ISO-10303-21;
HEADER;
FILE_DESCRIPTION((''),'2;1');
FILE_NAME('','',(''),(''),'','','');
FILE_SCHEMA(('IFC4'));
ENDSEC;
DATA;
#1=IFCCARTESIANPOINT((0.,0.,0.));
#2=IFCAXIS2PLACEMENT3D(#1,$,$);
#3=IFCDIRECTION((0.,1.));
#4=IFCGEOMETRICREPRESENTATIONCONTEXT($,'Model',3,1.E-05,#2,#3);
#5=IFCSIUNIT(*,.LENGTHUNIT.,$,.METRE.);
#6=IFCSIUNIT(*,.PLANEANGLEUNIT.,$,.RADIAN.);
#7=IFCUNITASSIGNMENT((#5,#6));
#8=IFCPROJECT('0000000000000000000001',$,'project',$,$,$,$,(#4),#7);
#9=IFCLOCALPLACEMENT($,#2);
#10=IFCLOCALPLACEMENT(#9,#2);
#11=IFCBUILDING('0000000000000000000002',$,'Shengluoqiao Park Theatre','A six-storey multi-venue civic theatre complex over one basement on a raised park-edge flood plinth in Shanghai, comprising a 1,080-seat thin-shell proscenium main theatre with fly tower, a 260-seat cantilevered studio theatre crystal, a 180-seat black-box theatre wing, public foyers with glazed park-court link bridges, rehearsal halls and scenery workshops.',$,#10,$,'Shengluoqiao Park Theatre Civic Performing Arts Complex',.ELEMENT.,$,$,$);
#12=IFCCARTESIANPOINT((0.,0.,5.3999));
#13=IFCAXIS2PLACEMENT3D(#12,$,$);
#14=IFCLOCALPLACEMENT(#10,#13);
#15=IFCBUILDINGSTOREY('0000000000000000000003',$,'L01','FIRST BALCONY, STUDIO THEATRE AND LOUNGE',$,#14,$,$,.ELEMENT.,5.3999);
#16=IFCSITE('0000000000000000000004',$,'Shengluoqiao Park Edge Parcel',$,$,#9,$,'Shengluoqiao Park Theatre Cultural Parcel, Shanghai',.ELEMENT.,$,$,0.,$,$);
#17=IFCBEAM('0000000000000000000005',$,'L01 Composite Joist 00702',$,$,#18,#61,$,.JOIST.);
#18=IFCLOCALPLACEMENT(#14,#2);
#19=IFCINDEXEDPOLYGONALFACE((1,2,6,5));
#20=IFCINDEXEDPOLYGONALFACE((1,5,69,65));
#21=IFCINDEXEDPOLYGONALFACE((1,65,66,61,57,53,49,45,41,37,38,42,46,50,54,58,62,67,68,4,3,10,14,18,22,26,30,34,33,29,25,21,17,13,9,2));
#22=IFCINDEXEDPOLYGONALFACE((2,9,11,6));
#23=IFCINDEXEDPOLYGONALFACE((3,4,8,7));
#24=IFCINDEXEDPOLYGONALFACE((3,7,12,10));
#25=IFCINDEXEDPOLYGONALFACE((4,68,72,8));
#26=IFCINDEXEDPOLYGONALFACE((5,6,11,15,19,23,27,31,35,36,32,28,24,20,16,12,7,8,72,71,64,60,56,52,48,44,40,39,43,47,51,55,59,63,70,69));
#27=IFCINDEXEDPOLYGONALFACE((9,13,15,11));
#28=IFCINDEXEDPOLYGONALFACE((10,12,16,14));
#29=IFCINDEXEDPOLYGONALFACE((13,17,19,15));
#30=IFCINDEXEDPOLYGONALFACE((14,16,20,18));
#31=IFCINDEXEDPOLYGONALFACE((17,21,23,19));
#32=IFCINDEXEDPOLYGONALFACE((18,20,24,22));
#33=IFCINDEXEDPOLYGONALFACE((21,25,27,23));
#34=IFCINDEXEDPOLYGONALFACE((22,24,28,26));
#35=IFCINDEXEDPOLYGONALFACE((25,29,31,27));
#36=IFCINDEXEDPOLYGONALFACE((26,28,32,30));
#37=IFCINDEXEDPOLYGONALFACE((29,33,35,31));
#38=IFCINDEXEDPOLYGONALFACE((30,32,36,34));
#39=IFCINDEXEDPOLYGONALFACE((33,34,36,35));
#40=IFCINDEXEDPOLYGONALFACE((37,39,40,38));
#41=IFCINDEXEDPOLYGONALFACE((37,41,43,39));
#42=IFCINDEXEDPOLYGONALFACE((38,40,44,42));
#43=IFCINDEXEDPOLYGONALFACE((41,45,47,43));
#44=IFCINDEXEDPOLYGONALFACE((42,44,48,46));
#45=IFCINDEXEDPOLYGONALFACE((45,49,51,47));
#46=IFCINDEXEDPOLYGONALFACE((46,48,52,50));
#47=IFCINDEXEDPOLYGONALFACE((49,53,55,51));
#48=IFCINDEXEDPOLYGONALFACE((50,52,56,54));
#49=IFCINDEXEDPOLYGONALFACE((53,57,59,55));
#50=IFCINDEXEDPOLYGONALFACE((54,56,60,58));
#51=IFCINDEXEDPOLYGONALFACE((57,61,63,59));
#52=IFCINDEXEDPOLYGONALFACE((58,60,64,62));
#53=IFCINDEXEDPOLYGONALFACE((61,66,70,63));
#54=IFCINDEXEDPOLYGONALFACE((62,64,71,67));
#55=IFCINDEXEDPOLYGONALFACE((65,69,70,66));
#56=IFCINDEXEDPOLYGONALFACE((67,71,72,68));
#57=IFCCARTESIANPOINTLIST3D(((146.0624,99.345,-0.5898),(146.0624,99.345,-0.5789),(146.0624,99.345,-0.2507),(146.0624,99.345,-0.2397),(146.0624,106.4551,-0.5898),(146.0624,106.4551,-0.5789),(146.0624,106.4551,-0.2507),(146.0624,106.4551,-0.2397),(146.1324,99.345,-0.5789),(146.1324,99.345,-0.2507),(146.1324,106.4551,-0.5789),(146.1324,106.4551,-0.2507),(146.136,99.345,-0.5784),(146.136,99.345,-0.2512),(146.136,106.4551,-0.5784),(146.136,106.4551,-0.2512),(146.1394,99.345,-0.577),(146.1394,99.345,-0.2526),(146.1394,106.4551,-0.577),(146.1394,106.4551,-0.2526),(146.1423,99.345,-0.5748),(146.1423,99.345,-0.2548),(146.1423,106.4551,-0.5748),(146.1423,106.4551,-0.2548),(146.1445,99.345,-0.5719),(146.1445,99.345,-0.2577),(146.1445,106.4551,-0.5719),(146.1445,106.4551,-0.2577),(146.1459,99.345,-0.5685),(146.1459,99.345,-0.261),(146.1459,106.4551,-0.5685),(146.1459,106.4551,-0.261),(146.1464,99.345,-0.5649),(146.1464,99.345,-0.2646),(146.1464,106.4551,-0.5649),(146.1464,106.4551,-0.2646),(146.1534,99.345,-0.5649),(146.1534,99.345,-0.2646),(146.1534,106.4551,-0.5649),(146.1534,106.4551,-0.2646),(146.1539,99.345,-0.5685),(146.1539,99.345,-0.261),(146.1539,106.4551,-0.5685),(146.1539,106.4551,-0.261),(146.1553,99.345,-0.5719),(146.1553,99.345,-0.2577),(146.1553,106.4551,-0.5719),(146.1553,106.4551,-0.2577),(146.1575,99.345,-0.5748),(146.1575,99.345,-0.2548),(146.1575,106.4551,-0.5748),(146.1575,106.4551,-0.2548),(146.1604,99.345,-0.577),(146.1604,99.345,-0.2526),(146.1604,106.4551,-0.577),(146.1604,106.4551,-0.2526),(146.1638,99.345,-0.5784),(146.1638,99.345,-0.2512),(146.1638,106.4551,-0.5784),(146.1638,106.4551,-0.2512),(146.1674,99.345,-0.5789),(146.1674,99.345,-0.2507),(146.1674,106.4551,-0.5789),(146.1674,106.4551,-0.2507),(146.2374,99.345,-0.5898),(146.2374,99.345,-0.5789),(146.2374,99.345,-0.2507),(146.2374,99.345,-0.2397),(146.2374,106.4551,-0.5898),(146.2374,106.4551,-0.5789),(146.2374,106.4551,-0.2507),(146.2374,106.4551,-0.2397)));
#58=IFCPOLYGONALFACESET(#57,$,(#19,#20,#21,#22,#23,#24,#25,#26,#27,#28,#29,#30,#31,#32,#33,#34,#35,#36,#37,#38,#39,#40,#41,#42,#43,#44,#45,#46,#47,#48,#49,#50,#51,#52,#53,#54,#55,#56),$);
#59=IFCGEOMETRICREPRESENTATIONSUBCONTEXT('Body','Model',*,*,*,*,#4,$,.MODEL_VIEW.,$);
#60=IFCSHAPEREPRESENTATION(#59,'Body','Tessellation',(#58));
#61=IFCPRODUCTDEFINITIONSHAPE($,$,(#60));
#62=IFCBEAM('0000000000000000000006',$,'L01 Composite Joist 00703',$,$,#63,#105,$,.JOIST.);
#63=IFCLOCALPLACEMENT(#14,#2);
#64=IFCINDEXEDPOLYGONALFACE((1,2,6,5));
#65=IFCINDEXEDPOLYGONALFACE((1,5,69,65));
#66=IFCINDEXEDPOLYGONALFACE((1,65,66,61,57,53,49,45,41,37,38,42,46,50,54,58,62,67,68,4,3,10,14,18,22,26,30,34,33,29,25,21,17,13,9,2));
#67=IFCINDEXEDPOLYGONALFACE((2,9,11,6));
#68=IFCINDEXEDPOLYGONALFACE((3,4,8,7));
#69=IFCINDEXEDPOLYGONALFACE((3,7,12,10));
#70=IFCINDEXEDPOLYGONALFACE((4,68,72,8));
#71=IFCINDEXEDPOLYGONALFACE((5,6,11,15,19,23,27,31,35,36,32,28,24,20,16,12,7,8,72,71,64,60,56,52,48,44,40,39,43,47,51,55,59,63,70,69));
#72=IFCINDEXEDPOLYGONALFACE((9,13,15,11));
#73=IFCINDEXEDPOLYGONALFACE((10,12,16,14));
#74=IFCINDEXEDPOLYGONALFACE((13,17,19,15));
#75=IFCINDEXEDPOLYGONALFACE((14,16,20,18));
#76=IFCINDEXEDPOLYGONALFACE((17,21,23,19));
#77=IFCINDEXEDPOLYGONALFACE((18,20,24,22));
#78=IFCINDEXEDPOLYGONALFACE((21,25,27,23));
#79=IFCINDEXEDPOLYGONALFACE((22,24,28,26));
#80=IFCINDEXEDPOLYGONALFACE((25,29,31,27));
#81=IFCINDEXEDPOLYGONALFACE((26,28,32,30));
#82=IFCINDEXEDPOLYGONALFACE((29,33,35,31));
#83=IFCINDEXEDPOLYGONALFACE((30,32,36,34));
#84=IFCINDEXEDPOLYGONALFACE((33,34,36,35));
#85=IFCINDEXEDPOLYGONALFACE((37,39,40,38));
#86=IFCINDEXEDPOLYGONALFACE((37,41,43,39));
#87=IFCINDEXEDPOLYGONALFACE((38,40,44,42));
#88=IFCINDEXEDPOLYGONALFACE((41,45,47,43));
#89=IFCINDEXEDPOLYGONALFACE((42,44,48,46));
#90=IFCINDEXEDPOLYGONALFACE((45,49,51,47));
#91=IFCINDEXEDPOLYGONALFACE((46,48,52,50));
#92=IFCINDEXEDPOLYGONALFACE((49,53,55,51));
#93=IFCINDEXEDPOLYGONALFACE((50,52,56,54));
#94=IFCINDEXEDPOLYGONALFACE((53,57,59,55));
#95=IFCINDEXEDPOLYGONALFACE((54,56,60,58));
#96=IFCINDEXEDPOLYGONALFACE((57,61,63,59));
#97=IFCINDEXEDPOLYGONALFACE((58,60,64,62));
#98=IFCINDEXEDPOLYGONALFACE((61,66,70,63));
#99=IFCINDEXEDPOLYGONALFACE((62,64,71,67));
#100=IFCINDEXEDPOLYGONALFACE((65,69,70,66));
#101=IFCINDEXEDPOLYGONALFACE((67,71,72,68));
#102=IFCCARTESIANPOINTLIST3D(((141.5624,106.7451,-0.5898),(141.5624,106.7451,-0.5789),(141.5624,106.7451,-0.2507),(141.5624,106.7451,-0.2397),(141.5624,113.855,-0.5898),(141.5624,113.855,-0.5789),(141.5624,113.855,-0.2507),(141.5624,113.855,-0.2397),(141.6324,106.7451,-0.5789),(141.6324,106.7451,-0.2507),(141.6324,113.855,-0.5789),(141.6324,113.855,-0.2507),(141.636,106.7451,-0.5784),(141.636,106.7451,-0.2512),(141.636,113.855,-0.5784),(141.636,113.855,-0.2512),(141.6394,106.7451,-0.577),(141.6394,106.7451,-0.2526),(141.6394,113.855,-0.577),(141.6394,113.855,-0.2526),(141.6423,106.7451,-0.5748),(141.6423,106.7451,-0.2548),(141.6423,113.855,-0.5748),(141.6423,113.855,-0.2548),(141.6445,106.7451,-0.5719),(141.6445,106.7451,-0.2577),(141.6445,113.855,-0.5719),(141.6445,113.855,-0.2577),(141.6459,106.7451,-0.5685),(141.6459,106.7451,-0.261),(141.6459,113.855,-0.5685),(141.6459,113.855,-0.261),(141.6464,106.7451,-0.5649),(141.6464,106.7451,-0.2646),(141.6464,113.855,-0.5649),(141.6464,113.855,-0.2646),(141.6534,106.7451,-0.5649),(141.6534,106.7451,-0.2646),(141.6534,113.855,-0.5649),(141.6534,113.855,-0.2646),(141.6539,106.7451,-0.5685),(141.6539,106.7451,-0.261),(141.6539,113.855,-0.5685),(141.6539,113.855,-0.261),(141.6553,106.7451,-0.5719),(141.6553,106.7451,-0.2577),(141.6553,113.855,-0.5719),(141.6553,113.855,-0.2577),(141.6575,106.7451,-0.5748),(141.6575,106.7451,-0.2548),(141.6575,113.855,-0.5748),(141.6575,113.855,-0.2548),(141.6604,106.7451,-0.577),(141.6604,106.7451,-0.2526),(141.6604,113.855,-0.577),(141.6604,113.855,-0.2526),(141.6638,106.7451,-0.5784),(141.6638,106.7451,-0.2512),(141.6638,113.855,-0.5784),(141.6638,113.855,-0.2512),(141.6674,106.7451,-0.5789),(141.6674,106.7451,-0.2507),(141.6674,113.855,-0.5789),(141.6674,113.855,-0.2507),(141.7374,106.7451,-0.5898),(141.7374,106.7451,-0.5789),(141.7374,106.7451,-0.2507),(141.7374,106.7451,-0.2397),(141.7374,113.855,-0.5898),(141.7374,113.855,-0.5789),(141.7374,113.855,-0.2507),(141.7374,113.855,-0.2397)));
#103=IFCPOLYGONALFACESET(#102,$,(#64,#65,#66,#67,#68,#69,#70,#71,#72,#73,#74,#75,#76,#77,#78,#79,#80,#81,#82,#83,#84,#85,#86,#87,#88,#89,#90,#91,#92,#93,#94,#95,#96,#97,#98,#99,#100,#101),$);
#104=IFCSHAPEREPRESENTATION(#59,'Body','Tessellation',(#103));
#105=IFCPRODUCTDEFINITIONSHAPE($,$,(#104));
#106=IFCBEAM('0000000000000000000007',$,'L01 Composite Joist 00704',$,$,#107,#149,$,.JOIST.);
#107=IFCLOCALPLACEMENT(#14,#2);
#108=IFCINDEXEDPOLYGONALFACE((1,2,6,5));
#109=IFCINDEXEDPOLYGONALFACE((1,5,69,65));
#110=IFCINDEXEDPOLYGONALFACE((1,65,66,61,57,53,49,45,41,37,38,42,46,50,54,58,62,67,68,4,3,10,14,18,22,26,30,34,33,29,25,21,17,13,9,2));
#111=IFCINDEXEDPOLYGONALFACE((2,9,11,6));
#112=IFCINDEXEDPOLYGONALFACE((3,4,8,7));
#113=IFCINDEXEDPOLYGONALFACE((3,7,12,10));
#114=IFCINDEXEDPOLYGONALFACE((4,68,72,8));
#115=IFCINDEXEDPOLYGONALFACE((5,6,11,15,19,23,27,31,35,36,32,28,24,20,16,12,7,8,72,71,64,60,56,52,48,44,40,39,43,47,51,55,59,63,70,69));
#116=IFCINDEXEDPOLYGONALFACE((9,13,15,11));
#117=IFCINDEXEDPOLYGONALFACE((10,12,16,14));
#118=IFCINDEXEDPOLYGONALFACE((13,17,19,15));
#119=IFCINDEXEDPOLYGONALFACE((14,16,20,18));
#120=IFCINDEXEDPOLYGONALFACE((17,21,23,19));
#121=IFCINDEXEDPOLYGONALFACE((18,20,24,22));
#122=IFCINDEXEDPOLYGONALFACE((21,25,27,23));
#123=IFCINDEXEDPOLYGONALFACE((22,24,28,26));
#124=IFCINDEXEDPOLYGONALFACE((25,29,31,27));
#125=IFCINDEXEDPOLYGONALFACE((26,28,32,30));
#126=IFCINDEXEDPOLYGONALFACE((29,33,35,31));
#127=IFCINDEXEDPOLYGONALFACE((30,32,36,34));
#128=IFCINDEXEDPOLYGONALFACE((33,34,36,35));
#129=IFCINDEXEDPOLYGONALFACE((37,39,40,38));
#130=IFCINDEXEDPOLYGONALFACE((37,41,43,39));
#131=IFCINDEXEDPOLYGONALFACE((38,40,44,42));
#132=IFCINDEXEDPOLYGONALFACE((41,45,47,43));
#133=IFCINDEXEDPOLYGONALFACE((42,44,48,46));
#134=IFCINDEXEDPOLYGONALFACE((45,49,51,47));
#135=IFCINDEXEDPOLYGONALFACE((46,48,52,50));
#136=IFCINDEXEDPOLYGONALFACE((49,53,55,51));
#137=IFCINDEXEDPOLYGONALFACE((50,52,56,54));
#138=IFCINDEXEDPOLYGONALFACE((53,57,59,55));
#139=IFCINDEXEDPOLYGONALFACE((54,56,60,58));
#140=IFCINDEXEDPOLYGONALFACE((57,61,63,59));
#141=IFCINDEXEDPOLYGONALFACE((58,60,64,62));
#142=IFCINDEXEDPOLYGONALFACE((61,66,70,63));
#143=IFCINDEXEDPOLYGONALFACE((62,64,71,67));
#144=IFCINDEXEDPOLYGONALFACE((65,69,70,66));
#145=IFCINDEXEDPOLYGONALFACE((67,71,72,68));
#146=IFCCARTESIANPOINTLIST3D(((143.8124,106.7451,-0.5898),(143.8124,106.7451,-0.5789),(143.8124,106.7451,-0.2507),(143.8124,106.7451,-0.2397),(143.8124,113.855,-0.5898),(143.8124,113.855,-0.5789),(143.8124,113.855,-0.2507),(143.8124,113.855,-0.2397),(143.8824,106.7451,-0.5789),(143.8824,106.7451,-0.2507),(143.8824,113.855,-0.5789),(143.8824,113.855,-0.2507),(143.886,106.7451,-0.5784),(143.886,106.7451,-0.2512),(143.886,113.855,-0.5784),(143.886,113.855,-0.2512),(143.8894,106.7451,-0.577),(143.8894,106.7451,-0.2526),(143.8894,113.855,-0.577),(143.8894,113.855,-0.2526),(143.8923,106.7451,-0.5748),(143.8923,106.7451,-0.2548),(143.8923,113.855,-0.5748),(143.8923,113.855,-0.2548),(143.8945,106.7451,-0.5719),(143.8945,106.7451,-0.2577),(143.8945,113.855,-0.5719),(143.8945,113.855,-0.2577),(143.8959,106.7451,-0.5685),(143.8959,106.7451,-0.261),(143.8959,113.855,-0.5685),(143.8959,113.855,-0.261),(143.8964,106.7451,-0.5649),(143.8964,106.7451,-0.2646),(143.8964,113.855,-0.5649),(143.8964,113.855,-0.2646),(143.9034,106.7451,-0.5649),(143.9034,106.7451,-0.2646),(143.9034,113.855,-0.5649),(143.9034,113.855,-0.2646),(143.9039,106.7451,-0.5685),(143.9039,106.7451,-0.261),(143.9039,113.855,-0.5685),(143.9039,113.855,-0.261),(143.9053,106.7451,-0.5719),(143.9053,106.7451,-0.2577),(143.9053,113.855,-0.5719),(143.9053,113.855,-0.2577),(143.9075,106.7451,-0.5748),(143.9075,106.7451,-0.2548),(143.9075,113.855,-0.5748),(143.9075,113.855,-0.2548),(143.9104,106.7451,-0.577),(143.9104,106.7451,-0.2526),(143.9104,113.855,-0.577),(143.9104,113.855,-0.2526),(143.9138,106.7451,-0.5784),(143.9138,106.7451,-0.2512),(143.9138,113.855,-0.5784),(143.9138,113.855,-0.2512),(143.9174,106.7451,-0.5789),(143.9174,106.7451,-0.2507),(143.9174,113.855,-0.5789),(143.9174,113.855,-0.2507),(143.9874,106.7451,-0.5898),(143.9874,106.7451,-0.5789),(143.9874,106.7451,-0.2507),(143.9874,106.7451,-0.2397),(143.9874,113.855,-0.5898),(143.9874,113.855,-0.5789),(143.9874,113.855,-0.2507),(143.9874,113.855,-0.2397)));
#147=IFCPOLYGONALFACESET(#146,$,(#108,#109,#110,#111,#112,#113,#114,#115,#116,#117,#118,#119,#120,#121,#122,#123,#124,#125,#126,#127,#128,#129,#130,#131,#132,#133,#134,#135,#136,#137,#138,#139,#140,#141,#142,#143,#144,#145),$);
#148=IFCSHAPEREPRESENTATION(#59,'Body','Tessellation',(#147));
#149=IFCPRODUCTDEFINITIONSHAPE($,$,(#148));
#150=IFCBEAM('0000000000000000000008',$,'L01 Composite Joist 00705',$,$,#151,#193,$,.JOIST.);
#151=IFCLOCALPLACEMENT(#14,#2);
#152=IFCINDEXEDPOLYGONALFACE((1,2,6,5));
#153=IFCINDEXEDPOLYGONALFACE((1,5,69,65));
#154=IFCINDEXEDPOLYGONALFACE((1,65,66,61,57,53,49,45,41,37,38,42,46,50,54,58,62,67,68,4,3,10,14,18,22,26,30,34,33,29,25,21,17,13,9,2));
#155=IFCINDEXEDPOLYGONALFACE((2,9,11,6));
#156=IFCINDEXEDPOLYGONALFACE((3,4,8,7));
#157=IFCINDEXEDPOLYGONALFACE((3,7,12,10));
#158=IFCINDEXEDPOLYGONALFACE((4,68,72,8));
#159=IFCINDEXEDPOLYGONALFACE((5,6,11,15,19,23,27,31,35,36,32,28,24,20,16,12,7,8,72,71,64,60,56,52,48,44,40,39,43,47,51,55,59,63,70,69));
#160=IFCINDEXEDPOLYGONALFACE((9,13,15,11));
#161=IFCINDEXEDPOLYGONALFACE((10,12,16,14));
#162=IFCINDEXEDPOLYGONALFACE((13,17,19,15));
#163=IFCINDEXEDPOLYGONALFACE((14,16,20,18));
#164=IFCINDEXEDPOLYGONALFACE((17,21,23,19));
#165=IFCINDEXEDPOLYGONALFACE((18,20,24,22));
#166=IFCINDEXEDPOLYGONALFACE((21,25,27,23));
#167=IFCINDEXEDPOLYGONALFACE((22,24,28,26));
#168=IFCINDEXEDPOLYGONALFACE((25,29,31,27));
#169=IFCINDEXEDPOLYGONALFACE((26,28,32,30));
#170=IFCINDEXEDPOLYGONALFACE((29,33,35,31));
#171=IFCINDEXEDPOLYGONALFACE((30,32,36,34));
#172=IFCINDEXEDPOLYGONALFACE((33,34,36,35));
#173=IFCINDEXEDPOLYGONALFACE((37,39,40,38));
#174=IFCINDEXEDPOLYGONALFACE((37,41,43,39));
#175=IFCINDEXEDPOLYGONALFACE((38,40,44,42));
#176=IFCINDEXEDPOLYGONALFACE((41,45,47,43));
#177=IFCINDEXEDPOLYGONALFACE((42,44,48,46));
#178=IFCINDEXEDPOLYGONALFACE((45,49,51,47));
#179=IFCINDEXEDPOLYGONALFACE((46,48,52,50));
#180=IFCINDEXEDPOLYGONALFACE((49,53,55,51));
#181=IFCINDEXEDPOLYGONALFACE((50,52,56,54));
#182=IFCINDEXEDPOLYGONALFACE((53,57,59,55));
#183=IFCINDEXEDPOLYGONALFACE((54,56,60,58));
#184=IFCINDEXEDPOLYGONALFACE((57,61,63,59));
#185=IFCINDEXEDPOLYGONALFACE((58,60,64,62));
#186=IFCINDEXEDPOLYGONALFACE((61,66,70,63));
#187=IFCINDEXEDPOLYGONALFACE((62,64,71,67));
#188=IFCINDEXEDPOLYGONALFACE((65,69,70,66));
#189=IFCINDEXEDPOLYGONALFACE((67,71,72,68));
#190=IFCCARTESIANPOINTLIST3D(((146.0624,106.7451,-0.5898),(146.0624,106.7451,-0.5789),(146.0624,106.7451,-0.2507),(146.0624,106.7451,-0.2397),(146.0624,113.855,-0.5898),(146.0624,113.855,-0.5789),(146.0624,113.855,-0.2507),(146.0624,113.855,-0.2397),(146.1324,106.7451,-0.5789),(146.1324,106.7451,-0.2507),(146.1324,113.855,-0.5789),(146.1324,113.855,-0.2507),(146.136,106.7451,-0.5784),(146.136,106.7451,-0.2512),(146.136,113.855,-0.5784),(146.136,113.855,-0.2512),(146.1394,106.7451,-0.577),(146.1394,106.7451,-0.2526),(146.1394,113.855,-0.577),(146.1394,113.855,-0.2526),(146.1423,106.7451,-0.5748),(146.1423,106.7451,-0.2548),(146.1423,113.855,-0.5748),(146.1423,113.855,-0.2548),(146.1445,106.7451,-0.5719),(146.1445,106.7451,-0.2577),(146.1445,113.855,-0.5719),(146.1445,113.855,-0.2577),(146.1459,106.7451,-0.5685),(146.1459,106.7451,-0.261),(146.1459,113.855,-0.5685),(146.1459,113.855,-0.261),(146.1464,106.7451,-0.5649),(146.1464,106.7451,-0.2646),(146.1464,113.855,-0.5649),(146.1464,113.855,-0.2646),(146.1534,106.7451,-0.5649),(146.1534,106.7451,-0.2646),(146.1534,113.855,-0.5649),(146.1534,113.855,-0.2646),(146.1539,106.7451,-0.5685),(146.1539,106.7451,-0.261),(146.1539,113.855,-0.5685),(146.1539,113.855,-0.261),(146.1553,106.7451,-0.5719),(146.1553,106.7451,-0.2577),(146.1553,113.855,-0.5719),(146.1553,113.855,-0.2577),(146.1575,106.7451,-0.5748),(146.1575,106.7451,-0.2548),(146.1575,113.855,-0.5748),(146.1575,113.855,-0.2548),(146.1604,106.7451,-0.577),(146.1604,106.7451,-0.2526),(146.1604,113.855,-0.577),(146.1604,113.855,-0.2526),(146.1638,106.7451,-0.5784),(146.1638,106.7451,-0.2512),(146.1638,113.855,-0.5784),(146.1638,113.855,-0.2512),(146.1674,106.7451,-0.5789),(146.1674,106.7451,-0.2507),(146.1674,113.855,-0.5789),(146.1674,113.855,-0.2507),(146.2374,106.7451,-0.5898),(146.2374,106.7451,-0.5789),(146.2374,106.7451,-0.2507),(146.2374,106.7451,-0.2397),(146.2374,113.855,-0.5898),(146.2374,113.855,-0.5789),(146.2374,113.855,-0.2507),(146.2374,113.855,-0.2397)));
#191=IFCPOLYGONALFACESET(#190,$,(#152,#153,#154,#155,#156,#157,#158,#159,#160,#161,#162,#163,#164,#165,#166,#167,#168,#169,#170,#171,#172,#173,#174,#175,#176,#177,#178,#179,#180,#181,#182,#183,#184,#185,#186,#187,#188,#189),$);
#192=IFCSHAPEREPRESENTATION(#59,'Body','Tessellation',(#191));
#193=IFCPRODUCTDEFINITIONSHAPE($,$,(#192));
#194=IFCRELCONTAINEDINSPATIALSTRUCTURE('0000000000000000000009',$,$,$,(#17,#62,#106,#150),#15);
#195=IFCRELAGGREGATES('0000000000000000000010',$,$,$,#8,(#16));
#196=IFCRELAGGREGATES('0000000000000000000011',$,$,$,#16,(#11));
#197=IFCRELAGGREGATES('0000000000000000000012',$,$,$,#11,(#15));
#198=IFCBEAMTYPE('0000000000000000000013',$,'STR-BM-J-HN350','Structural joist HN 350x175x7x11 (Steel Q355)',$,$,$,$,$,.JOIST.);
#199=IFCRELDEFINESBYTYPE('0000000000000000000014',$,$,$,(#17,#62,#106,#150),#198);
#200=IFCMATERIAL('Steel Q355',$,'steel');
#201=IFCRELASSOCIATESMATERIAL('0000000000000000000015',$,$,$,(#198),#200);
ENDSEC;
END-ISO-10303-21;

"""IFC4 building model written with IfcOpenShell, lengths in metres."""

from ifc_helpers import new_model, si_unit, direction, frame, origin, origin_2d, place, context, subcontext, project, spatial, i_section, extrude, material, material_profile, profile_set, type_object, element, save


model = new_model("IFC4")

# Units and contexts
model_context = context("Model", 3, precision=1e-05, world=origin(), true_north=direction((0.0, 1.0)))
body_context = subcontext(model_context, "Body", "Model", "MODEL_VIEW")
ifc_project = project(units=[si_unit("LENGTHUNIT", "METRE"), si_unit("PLANEANGLEUNIT", "RADIAN")], contexts=[model_context])

# Site, building, storey
site_placement = place(None, origin())
site = spatial("IfcSite", under=ifc_project, at=site_placement, Name="Shengluoqiao Park Edge Parcel", LongName="Shengluoqiao Park Theatre Cultural Parcel, Shanghai", CompositionType="ELEMENT", RefElevation=0.0)
building_placement = place(site_placement, origin())
building = spatial("IfcBuilding", under=site, at=building_placement, Name="Shengluoqiao Park Theatre", Description="A six-storey multi-venue civic theatre complex over one basement on a raised park-edge flood plinth in Shanghai, comprising a 1,080-seat thin-shell proscenium main theatre with fly tower, a 260-seat cantilevered studio theatre crystal, a 180-seat black-box theatre wing, public foyers with glazed park-court link bridges, rehearsal halls and scenery workshops.", LongName="Shengluoqiao Park Theatre Civic Performing Arts Complex", CompositionType="ELEMENT")
storey_placement = place(building_placement, frame((0.0, 0.0, 5.3999)))
storey = spatial("IfcBuildingStorey", under=building, at=storey_placement, Name="L01", Description="FIRST BALCONY, STUDIO THEATRE AND LOUNGE", CompositionType="ELEMENT", Elevation=5.3999)

# Beams
ifc_material_1 = material(Name="Steel Q355", Category="steel")
ifc_material_profile_1 = material_profile(ifc_material_1, i_section(OverallWidth=0.175, OverallDepth=0.3501, WebThickness=0.0071, FlangeThickness=0.011, FilletRadius=0.0139, at=origin_2d()), Name="HN 350x175x7x11")
ifc_profile_set_1 = profile_set([ifc_material_profile_1], Name="Steel Q355")
beam_type_1 = type_object("IfcBeamType", Name="STR-BM-J-HN350", Description="Structural joist HN 350x175x7x11 (Steel Q355)", PredefinedType="JOIST", material=ifc_profile_set_1)
beam_1_placement = place(storey_placement, frame((146.1499, 99.345, -0.4148), z_axis=(0.0, 1.0, 0.0), x_axis=(-1.0, 0.0, 0.0)))
element("IfcBeam", 1, at=beam_1_placement, inside=storey, type_object=beam_type_1, Name="L01 Composite Joist 00702", PredefinedType="JOIST", context=body_context, shape_type="SweptSolid", body=[
    extrude(i_section(OverallWidth=0.175, OverallDepth=0.3501, WebThickness=0.0071, FlangeThickness=0.011, FilletRadius=0.0139, at=origin_2d()), origin(), (0.0, 0.0, 1.0), 7.1101),
])
for number, where, z_axis, x_axis, name in (
    (2, (141.6499, 106.7451, -0.4148), (0.0, 1.0, 0.0), (-1.0, 0.0, 0.0), "L01 Composite Joist 00703"),
    (3, (143.8999, 106.7451, -0.4148), (0.0, 1.0, 0.0), (-1.0, 0.0, 0.0), "L01 Composite Joist 00704"),
    (4, (146.1499, 106.7451, -0.4148), (0.0, 1.0, 0.0), (-1.0, 0.0, 0.0), "L01 Composite Joist 00705"),
):
    element("IfcBeam", number, at=place(storey_placement, frame(where, z_axis=z_axis, x_axis=x_axis)), inside=storey, type_object=beam_type_1, Name=name, PredefinedType="JOIST", context=body_context, shape_type="SweptSolid", body=[
        extrude(i_section(OverallWidth=0.175, OverallDepth=0.3501, WebThickness=0.0071, FlangeThickness=0.011, FilletRadius=0.0139, at=origin_2d()), origin(), (0.0, 0.0, 1.0), 7.1099),
    ])

save(model, "model.ifc")
